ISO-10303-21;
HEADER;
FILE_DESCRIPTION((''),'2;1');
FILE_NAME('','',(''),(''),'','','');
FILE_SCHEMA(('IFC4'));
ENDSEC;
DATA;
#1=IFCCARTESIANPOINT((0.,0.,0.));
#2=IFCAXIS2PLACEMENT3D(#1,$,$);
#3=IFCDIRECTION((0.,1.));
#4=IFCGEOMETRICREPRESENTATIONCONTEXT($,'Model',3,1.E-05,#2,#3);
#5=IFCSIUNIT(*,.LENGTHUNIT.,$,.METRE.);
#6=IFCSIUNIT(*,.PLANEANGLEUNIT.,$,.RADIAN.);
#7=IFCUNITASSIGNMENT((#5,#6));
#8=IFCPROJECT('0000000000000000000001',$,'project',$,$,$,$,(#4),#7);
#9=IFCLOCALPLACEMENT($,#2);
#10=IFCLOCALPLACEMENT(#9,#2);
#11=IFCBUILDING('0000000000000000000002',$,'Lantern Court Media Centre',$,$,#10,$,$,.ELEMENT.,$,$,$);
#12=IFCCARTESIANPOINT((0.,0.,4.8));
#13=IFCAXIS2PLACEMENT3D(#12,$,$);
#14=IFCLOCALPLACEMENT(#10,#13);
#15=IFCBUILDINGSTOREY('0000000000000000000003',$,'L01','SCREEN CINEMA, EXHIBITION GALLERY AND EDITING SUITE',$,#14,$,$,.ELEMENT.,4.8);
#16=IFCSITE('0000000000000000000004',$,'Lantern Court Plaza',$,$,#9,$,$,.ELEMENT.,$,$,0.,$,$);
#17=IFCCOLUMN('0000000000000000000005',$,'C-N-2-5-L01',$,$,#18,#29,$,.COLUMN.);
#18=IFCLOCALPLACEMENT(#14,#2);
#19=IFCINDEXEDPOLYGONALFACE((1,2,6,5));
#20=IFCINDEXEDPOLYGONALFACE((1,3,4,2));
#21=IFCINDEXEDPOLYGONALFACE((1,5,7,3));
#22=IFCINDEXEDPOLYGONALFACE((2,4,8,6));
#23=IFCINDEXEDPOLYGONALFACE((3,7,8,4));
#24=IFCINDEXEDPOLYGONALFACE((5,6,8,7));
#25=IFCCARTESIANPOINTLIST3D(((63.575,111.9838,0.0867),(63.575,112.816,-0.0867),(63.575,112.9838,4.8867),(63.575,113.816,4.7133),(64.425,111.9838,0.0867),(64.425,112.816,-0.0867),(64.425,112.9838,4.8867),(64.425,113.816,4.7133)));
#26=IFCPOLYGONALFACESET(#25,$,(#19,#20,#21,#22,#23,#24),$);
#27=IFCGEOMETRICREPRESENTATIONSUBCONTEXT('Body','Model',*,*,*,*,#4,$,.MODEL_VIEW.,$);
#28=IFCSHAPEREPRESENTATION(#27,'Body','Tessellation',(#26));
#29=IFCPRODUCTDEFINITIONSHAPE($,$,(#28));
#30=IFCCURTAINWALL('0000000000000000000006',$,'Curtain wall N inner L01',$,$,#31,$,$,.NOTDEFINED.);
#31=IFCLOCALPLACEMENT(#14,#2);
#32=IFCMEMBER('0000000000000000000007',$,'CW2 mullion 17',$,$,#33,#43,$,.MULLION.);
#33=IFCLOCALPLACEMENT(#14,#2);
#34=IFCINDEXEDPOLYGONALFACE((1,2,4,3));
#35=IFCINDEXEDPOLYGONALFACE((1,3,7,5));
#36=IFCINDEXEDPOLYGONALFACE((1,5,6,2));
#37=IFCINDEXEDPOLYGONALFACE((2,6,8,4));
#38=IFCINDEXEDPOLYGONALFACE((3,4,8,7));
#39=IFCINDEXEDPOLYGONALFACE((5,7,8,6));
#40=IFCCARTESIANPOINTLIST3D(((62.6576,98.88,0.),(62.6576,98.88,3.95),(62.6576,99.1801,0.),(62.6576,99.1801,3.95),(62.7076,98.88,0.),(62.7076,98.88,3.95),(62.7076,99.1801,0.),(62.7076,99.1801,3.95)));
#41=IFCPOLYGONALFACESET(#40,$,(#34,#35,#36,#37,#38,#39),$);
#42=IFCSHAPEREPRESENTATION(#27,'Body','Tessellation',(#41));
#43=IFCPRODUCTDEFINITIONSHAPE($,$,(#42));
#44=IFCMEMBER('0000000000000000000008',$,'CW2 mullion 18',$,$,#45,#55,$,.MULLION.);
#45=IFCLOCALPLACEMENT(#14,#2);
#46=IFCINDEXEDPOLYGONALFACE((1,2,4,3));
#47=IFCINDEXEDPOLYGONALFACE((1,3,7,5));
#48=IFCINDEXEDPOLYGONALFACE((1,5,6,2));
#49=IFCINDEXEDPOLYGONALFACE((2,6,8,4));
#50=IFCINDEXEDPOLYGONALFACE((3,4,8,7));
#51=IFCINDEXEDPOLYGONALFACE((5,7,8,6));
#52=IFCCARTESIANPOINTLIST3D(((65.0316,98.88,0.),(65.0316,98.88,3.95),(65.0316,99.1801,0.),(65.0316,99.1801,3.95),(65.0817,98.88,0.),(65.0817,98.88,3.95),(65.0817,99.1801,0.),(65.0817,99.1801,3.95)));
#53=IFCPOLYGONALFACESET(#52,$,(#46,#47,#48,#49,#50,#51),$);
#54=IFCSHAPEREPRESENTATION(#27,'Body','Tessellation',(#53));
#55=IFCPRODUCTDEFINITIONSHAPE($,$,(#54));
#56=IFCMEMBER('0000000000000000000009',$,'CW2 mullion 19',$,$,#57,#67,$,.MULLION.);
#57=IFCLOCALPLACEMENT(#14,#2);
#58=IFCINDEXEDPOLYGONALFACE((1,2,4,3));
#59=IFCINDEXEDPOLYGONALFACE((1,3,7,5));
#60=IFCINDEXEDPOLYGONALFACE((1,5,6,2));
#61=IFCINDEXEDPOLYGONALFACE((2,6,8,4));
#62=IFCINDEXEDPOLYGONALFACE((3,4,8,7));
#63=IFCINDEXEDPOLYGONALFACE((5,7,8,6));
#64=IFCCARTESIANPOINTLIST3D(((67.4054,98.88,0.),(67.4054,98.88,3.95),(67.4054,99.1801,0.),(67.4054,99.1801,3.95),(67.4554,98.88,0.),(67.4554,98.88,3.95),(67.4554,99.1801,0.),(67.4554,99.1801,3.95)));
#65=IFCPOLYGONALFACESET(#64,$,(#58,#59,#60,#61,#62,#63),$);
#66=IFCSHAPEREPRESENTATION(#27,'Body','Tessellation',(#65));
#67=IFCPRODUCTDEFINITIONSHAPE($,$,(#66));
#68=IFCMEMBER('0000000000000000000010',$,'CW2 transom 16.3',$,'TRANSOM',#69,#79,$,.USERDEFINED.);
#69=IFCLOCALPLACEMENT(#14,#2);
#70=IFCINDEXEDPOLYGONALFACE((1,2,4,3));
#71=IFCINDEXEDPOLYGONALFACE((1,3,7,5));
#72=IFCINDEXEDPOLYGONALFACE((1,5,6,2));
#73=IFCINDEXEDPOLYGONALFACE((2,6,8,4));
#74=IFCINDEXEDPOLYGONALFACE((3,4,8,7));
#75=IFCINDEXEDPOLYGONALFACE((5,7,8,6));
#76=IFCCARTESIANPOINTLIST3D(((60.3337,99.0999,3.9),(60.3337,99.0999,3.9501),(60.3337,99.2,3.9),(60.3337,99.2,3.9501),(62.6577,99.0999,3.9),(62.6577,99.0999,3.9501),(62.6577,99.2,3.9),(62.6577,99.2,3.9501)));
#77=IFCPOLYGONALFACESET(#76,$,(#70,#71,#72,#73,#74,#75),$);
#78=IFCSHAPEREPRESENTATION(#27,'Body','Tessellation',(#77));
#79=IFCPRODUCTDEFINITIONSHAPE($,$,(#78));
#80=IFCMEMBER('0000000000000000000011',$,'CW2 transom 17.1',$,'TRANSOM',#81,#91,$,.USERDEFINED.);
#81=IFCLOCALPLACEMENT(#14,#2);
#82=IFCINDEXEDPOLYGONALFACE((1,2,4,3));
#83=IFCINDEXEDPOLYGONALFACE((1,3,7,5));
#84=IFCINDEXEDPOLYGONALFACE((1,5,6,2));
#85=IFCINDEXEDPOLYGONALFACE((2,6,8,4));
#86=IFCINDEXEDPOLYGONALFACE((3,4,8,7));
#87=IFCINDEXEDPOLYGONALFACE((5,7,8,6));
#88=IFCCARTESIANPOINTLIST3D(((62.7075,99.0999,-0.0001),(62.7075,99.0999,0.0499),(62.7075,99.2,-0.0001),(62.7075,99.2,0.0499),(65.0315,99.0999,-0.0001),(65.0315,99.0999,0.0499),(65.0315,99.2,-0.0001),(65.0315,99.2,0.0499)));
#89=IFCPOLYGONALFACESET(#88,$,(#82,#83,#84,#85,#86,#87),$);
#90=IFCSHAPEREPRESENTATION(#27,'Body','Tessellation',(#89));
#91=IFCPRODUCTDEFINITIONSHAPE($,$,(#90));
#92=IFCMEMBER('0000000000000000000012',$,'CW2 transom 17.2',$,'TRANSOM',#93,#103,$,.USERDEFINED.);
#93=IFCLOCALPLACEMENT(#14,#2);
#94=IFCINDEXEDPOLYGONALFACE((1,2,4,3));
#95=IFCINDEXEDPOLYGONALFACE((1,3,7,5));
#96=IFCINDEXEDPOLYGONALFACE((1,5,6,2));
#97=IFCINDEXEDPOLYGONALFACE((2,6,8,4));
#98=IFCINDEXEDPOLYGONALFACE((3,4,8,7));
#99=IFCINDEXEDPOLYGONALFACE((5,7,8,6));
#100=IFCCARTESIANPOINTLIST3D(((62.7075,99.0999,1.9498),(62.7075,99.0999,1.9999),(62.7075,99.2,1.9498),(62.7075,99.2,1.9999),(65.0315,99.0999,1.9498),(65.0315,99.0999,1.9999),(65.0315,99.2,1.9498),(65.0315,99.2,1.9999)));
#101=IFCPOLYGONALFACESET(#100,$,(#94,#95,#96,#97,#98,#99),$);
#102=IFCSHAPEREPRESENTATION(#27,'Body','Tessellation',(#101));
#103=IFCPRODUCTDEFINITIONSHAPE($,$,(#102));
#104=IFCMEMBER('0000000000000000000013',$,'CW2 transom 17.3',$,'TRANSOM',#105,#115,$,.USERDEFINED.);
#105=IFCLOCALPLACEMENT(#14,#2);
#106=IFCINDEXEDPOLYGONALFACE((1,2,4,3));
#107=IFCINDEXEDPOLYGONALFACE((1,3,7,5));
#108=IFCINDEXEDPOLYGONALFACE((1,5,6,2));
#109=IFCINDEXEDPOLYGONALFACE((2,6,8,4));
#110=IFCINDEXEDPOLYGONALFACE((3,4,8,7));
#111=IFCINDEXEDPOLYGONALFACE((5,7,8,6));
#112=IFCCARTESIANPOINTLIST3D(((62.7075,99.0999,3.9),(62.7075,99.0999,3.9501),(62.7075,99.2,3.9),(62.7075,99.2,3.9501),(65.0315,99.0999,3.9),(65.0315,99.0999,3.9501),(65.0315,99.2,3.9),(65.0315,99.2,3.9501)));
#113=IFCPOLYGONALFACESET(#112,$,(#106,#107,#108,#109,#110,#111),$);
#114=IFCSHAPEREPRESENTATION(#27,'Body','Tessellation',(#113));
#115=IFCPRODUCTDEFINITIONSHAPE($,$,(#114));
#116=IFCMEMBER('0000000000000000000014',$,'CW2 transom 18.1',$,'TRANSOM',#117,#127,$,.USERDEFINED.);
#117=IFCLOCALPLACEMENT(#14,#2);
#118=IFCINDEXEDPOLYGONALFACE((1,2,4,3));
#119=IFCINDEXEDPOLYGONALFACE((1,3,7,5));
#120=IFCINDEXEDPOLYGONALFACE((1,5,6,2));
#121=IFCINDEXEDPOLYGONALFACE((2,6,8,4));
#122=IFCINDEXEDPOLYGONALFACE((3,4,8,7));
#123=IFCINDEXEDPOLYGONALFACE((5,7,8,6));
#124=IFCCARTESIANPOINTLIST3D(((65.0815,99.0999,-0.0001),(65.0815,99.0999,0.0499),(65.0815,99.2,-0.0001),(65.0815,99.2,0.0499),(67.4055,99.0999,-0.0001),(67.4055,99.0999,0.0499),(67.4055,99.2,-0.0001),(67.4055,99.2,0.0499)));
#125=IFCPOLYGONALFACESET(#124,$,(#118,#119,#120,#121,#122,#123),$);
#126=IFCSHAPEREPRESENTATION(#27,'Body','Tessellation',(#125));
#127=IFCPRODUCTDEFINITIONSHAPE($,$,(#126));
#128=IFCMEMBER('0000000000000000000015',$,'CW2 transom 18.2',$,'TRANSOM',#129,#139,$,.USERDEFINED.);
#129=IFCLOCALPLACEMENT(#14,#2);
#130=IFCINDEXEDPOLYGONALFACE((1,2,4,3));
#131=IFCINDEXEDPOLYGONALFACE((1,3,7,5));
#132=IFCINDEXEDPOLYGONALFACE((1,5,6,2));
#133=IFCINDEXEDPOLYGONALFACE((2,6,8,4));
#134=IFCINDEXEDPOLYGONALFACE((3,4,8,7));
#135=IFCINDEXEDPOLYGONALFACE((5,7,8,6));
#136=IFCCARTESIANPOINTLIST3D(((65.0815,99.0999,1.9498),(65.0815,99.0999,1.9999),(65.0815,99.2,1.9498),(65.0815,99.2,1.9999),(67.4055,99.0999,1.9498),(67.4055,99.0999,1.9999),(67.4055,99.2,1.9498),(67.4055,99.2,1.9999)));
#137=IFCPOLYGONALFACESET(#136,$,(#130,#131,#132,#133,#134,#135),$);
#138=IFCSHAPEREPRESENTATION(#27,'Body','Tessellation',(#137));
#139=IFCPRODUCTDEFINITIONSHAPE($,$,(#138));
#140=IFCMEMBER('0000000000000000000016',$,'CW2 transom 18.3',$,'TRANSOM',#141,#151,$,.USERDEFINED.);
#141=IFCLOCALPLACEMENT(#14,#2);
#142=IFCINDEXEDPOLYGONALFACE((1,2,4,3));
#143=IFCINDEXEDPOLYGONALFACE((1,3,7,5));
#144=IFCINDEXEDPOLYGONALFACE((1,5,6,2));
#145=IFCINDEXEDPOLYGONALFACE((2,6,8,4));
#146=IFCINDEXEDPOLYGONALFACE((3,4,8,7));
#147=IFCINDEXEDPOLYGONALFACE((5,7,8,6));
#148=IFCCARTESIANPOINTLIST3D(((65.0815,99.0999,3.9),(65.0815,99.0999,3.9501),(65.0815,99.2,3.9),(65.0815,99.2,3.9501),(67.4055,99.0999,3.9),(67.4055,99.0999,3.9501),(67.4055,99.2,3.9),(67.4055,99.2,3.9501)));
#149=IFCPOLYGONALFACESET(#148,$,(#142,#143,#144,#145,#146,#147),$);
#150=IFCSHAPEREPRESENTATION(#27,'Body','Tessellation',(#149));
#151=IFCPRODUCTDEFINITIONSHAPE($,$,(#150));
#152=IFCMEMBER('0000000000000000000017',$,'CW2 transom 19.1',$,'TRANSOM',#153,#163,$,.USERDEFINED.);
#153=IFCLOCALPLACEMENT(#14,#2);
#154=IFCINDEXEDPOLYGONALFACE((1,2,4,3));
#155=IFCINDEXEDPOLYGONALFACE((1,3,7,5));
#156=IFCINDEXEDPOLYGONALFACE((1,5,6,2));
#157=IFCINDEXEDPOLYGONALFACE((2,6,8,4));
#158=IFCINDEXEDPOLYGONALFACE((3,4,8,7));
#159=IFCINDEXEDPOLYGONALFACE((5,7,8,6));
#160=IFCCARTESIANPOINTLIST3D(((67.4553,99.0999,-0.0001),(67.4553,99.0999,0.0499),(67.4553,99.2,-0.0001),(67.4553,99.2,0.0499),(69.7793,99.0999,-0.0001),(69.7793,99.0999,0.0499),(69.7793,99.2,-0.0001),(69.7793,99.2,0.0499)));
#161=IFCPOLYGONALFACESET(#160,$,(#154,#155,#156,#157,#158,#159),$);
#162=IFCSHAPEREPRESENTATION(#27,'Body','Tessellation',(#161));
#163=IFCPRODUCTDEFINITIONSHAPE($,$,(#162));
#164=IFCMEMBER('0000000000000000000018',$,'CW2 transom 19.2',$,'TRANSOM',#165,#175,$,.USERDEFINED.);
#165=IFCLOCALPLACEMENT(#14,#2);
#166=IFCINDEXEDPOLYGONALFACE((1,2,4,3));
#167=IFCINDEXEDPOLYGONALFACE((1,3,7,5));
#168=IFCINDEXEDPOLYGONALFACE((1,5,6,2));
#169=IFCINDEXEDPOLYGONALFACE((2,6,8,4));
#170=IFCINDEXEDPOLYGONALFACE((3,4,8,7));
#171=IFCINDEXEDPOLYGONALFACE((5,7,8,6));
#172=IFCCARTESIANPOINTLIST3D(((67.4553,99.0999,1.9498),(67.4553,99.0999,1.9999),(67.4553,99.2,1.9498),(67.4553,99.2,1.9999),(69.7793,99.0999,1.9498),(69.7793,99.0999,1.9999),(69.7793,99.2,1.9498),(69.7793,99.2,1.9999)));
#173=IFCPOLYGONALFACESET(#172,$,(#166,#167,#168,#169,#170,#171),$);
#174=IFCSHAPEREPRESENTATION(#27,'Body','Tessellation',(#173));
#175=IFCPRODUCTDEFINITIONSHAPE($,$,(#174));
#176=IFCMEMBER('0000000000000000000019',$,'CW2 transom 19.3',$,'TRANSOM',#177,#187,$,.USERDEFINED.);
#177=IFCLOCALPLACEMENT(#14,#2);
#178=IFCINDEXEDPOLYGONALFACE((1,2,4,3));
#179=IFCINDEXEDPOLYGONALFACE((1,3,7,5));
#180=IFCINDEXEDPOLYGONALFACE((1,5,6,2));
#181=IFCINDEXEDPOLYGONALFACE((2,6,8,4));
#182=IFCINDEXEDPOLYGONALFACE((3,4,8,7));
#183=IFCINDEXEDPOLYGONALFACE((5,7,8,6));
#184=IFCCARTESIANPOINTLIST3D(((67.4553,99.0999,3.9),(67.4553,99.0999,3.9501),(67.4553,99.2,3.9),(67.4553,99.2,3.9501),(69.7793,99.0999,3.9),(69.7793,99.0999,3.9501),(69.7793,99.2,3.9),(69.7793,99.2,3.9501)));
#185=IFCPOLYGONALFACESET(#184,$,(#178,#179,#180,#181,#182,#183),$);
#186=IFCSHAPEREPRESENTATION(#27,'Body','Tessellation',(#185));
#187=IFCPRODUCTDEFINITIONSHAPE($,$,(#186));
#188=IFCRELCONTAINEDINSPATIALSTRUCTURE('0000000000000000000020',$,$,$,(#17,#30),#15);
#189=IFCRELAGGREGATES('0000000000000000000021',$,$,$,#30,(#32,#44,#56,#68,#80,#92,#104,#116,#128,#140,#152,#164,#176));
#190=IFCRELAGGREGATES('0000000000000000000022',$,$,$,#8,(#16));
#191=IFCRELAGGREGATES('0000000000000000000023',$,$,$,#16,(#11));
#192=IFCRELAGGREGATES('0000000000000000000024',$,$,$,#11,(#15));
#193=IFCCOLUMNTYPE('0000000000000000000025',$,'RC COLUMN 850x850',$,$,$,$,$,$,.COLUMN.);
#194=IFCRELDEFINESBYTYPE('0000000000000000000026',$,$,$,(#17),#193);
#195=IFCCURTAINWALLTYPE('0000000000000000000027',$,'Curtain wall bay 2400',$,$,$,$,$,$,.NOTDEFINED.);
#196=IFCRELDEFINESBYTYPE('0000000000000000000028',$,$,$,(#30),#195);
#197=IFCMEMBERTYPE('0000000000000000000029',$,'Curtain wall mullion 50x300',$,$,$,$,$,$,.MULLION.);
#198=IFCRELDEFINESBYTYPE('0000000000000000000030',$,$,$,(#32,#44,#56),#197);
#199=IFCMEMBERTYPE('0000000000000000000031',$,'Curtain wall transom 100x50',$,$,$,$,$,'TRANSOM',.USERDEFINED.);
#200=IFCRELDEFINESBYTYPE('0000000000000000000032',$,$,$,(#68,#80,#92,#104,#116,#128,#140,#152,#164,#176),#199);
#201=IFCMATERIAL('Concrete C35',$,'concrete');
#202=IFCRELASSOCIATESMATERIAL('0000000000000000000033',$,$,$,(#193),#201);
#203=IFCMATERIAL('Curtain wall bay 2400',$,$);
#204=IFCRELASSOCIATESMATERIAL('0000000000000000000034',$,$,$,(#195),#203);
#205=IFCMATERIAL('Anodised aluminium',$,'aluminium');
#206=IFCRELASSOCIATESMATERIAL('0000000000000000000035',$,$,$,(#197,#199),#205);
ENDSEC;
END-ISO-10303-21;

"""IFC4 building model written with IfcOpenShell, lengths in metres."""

from ifc_helpers import new_model, si_unit, direction, frame, origin, origin_2d, place, context, subcontext, project, spatial, rectangle, extrude, material, material_profile, profile_set, type_object, element, aggregate, save


model = new_model("IFC4")

# Units and contexts
model_context = context("Model", 3, precision=1e-05, world=origin(), true_north=direction((0.0, 1.0)))
body_context = subcontext(model_context, "Body", "Model", "MODEL_VIEW")
ifc_project = project(units=[si_unit("LENGTHUNIT", "METRE"), si_unit("PLANEANGLEUNIT", "RADIAN")], contexts=[model_context])

# Site, building, storey
site_placement = place(None, origin())
site = spatial("IfcSite", under=ifc_project, at=site_placement, Name="Lantern Court Plaza", CompositionType="ELEMENT", RefElevation=0.0)
building_placement = place(site_placement, origin())
building = spatial("IfcBuilding", under=site, at=building_placement, Name="Lantern Court Media Centre", CompositionType="ELEMENT")
storey_placement = place(building_placement, frame((0.0, 0.0, 4.8)))
storey = spatial("IfcBuildingStorey", under=building, at=storey_placement, Name="L01", Description="SCREEN CINEMA, EXHIBITION GALLERY AND EDITING SUITE", CompositionType="ELEMENT", Elevation=4.8)

# Column
ifc_material_1 = material(Name="Concrete C35", Category="concrete")
ifc_material_profile_1 = material_profile(ifc_material_1, rectangle(XDim=0.8501, YDim=0.8501, at=origin_2d()), Name="RC 850x850")
ifc_profile_set_1 = profile_set([ifc_material_profile_1], Name="Concrete C35")
column_type = type_object("IfcColumnType", Name="RC COLUMN 850x850", PredefinedType="COLUMN", material=ifc_profile_set_1)
column_placement = place(storey_placement, frame((64.0, 112.3999, 0.0), z_axis=(0.0, 0.203952, 0.978981), x_axis=(-1.0, 0.0, 0.0)))
element("IfcColumn", 1, at=column_placement, inside=storey, type_object=column_type, Name="C-N-2-5-L01", PredefinedType="COLUMN", context=body_context, shape_type="SweptSolid", body=[
    extrude(rectangle(XDim=0.8501, YDim=0.8501, at=origin_2d()), origin(), (0.0, 0.0, 1.0), 4.9031),
])

# Curtain wall, members
ifc_material_2 = material(Name="Curtain wall bay 2400")
curtain_wall_type = type_object("IfcCurtainWallType", Name="Curtain wall bay 2400", PredefinedType="NOTDEFINED", material=ifc_material_2)
curtain_wall_placement = place(storey_placement, origin())
curtain_wall = element("IfcCurtainWall", 2, at=curtain_wall_placement, inside=storey, type_object=curtain_wall_type, Name="Curtain wall N inner L01", PredefinedType="NOTDEFINED")
ifc_material_3 = material(Name="Anodised aluminium", Category="aluminium")
ifc_material_profile_2 = material_profile(ifc_material_3, rectangle(XDim=0.3, YDim=0.05, at=origin_2d()), Name="AL 50x300")
ifc_profile_set_2 = profile_set([ifc_material_profile_2], Name="Anodised aluminium")
member_type_1 = type_object("IfcMemberType", Name="Curtain wall mullion 50x300", PredefinedType="MULLION", material=ifc_profile_set_2)
member_1_placement = place(storey_placement, frame((62.6826, 99.03, 0.0), z_axis=(0.0, 0.0, 1.0), x_axis=(0.0, 1.0, 0.0)))
member_1 = element("IfcMember", 3, at=member_1_placement, type_object=member_type_1, Name="CW2 mullion 17", PredefinedType="MULLION", context=body_context, shape_type="SweptSolid", body=[
    extrude(rectangle(XDim=0.3, YDim=0.05, at=origin_2d()), origin(), (0.0, 0.0, 1.0), 3.95),
])
member_2_placement = place(storey_placement, frame((65.0566, 99.03, 0.0), z_axis=(0.0, 0.0, 1.0), x_axis=(0.0, 1.0, 0.0)))
member_2 = element("IfcMember", 4, at=member_2_placement, type_object=member_type_1, Name="CW2 mullion 18", PredefinedType="MULLION", context=body_context, shape_type="SweptSolid", body=[
    extrude(rectangle(XDim=0.3, YDim=0.05, at=origin_2d()), origin(), (0.0, 0.0, 1.0), 3.95),
])
member_3_placement = place(storey_placement, frame((67.4304, 99.03, 0.0), z_axis=(0.0, 0.0, 1.0), x_axis=(0.0, 1.0, 0.0)))
member_3 = element("IfcMember", 5, at=member_3_placement, type_object=member_type_1, Name="CW2 mullion 19", PredefinedType="MULLION", context=body_context, shape_type="SweptSolid", body=[
    extrude(rectangle(XDim=0.3, YDim=0.05, at=origin_2d()), origin(), (0.0, 0.0, 1.0), 3.95),
])
ifc_material_profile_3 = material_profile(ifc_material_3, rectangle(XDim=0.1001, YDim=0.05, at=origin_2d()), Name="AL 50x100")
ifc_profile_set_3 = profile_set([ifc_material_profile_3], Name="Anodised aluminium")
member_type_2 = type_object("IfcMemberType", Name="Curtain wall transom 100x50", ElementType="TRANSOM", PredefinedType="USERDEFINED", material=ifc_profile_set_3)
member_4_placement = place(storey_placement, frame((60.3337, 99.1499, 3.925), z_axis=(1.0, 0.0, 0.0), x_axis=(0.0, 1.0, 0.0)))
member_4 = element("IfcMember", 6, at=member_4_placement, type_object=member_type_2, Name="CW2 transom 16.3", ObjectType="TRANSOM", PredefinedType="USERDEFINED", context=body_context, shape_type="SweptSolid", body=[
    extrude(rectangle(XDim=0.1001, YDim=0.05, at=origin_2d()), origin(), (0.0, 0.0, 1.0), 2.324),
])
member_5_placement = place(storey_placement, frame((62.7075, 99.1499, 0.0249), z_axis=(1.0, 0.0, 0.0), x_axis=(0.0, 1.0, 0.0)))
member_5 = element("IfcMember", 7, at=member_5_placement, type_object=member_type_2, Name="CW2 transom 17.1", ObjectType="TRANSOM", PredefinedType="USERDEFINED", context=body_context, shape_type="SweptSolid", body=[
    extrude(rectangle(XDim=0.1001, YDim=0.05, at=origin_2d()), origin(), (0.0, 0.0, 1.0), 2.324),
])
member_6_placement = place(storey_placement, frame((62.7075, 99.1499, 1.9749), z_axis=(1.0, 0.0, 0.0), x_axis=(0.0, 1.0, 0.0)))
member_6 = element("IfcMember", 8, at=member_6_placement, type_object=member_type_2, Name="CW2 transom 17.2", ObjectType="TRANSOM", PredefinedType="USERDEFINED", context=body_context, shape_type="SweptSolid", body=[
    extrude(rectangle(XDim=0.1001, YDim=0.05, at=origin_2d()), origin(), (0.0, 0.0, 1.0), 2.324),
])
member_7_placement = place(storey_placement, frame((62.7075, 99.1499, 3.925), z_axis=(1.0, 0.0, 0.0), x_axis=(0.0, 1.0, 0.0)))
member_7 = element("IfcMember", 9, at=member_7_placement, type_object=member_type_2, Name="CW2 transom 17.3", ObjectType="TRANSOM", PredefinedType="USERDEFINED", context=body_context, shape_type="SweptSolid", body=[
    extrude(rectangle(XDim=0.1001, YDim=0.05, at=origin_2d()), origin(), (0.0, 0.0, 1.0), 2.324),
])
member_8_placement = place(storey_placement, frame((65.0815, 99.1499, 0.0249), z_axis=(1.0, 0.0, 0.0), x_axis=(0.0, 1.0, 0.0)))
member_8 = element("IfcMember", 10, at=member_8_placement, type_object=member_type_2, Name="CW2 transom 18.1", ObjectType="TRANSOM", PredefinedType="USERDEFINED", context=body_context, shape_type="SweptSolid", body=[
    extrude(rectangle(XDim=0.1001, YDim=0.05, at=origin_2d()), origin(), (0.0, 0.0, 1.0), 2.324),
])
member_9_placement = place(storey_placement, frame((65.0815, 99.1499, 1.9749), z_axis=(1.0, 0.0, 0.0), x_axis=(0.0, 1.0, 0.0)))
member_9 = element("IfcMember", 11, at=member_9_placement, type_object=member_type_2, Name="CW2 transom 18.2", ObjectType="TRANSOM", PredefinedType="USERDEFINED", context=body_context, shape_type="SweptSolid", body=[
    extrude(rectangle(XDim=0.1001, YDim=0.05, at=origin_2d()), origin(), (0.0, 0.0, 1.0), 2.324),
])
member_10_placement = place(storey_placement, frame((65.0815, 99.1499, 3.925), z_axis=(1.0, 0.0, 0.0), x_axis=(0.0, 1.0, 0.0)))
member_10 = element("IfcMember", 12, at=member_10_placement, type_object=member_type_2, Name="CW2 transom 18.3", ObjectType="TRANSOM", PredefinedType="USERDEFINED", context=body_context, shape_type="SweptSolid", body=[
    extrude(rectangle(XDim=0.1001, YDim=0.05, at=origin_2d()), origin(), (0.0, 0.0, 1.0), 2.324),
])
member_11_placement = place(storey_placement, frame((67.4553, 99.1499, 0.0249), z_axis=(1.0, 0.0, 0.0), x_axis=(0.0, 1.0, 0.0)))
member_11 = element("IfcMember", 13, at=member_11_placement, type_object=member_type_2, Name="CW2 transom 19.1", ObjectType="TRANSOM", PredefinedType="USERDEFINED", context=body_context, shape_type="SweptSolid", body=[
    extrude(rectangle(XDim=0.1001, YDim=0.05, at=origin_2d()), origin(), (0.0, 0.0, 1.0), 2.324),
])
member_12_placement = place(storey_placement, frame((67.4553, 99.1499, 1.9749), z_axis=(1.0, 0.0, 0.0), x_axis=(0.0, 1.0, 0.0)))
member_12 = element("IfcMember", 14, at=member_12_placement, type_object=member_type_2, Name="CW2 transom 19.2", ObjectType="TRANSOM", PredefinedType="USERDEFINED", context=body_context, shape_type="SweptSolid", body=[
    extrude(rectangle(XDim=0.1001, YDim=0.05, at=origin_2d()), origin(), (0.0, 0.0, 1.0), 2.324),
])
member_13_placement = place(storey_placement, frame((67.4553, 99.1499, 3.925), z_axis=(1.0, 0.0, 0.0), x_axis=(0.0, 1.0, 0.0)))
member_13 = element("IfcMember", 15, at=member_13_placement, type_object=member_type_2, Name="CW2 transom 19.3", ObjectType="TRANSOM", PredefinedType="USERDEFINED", context=body_context, shape_type="SweptSolid", body=[
    extrude(rectangle(XDim=0.1001, YDim=0.05, at=origin_2d()), origin(), (0.0, 0.0, 1.0), 2.324),
])

aggregate(curtain_wall, [member_1, member_2, member_3, member_4, member_5, member_6, member_7, member_8, member_9, member_10, member_11, member_12, member_13])

save(model, "model.ifc")
